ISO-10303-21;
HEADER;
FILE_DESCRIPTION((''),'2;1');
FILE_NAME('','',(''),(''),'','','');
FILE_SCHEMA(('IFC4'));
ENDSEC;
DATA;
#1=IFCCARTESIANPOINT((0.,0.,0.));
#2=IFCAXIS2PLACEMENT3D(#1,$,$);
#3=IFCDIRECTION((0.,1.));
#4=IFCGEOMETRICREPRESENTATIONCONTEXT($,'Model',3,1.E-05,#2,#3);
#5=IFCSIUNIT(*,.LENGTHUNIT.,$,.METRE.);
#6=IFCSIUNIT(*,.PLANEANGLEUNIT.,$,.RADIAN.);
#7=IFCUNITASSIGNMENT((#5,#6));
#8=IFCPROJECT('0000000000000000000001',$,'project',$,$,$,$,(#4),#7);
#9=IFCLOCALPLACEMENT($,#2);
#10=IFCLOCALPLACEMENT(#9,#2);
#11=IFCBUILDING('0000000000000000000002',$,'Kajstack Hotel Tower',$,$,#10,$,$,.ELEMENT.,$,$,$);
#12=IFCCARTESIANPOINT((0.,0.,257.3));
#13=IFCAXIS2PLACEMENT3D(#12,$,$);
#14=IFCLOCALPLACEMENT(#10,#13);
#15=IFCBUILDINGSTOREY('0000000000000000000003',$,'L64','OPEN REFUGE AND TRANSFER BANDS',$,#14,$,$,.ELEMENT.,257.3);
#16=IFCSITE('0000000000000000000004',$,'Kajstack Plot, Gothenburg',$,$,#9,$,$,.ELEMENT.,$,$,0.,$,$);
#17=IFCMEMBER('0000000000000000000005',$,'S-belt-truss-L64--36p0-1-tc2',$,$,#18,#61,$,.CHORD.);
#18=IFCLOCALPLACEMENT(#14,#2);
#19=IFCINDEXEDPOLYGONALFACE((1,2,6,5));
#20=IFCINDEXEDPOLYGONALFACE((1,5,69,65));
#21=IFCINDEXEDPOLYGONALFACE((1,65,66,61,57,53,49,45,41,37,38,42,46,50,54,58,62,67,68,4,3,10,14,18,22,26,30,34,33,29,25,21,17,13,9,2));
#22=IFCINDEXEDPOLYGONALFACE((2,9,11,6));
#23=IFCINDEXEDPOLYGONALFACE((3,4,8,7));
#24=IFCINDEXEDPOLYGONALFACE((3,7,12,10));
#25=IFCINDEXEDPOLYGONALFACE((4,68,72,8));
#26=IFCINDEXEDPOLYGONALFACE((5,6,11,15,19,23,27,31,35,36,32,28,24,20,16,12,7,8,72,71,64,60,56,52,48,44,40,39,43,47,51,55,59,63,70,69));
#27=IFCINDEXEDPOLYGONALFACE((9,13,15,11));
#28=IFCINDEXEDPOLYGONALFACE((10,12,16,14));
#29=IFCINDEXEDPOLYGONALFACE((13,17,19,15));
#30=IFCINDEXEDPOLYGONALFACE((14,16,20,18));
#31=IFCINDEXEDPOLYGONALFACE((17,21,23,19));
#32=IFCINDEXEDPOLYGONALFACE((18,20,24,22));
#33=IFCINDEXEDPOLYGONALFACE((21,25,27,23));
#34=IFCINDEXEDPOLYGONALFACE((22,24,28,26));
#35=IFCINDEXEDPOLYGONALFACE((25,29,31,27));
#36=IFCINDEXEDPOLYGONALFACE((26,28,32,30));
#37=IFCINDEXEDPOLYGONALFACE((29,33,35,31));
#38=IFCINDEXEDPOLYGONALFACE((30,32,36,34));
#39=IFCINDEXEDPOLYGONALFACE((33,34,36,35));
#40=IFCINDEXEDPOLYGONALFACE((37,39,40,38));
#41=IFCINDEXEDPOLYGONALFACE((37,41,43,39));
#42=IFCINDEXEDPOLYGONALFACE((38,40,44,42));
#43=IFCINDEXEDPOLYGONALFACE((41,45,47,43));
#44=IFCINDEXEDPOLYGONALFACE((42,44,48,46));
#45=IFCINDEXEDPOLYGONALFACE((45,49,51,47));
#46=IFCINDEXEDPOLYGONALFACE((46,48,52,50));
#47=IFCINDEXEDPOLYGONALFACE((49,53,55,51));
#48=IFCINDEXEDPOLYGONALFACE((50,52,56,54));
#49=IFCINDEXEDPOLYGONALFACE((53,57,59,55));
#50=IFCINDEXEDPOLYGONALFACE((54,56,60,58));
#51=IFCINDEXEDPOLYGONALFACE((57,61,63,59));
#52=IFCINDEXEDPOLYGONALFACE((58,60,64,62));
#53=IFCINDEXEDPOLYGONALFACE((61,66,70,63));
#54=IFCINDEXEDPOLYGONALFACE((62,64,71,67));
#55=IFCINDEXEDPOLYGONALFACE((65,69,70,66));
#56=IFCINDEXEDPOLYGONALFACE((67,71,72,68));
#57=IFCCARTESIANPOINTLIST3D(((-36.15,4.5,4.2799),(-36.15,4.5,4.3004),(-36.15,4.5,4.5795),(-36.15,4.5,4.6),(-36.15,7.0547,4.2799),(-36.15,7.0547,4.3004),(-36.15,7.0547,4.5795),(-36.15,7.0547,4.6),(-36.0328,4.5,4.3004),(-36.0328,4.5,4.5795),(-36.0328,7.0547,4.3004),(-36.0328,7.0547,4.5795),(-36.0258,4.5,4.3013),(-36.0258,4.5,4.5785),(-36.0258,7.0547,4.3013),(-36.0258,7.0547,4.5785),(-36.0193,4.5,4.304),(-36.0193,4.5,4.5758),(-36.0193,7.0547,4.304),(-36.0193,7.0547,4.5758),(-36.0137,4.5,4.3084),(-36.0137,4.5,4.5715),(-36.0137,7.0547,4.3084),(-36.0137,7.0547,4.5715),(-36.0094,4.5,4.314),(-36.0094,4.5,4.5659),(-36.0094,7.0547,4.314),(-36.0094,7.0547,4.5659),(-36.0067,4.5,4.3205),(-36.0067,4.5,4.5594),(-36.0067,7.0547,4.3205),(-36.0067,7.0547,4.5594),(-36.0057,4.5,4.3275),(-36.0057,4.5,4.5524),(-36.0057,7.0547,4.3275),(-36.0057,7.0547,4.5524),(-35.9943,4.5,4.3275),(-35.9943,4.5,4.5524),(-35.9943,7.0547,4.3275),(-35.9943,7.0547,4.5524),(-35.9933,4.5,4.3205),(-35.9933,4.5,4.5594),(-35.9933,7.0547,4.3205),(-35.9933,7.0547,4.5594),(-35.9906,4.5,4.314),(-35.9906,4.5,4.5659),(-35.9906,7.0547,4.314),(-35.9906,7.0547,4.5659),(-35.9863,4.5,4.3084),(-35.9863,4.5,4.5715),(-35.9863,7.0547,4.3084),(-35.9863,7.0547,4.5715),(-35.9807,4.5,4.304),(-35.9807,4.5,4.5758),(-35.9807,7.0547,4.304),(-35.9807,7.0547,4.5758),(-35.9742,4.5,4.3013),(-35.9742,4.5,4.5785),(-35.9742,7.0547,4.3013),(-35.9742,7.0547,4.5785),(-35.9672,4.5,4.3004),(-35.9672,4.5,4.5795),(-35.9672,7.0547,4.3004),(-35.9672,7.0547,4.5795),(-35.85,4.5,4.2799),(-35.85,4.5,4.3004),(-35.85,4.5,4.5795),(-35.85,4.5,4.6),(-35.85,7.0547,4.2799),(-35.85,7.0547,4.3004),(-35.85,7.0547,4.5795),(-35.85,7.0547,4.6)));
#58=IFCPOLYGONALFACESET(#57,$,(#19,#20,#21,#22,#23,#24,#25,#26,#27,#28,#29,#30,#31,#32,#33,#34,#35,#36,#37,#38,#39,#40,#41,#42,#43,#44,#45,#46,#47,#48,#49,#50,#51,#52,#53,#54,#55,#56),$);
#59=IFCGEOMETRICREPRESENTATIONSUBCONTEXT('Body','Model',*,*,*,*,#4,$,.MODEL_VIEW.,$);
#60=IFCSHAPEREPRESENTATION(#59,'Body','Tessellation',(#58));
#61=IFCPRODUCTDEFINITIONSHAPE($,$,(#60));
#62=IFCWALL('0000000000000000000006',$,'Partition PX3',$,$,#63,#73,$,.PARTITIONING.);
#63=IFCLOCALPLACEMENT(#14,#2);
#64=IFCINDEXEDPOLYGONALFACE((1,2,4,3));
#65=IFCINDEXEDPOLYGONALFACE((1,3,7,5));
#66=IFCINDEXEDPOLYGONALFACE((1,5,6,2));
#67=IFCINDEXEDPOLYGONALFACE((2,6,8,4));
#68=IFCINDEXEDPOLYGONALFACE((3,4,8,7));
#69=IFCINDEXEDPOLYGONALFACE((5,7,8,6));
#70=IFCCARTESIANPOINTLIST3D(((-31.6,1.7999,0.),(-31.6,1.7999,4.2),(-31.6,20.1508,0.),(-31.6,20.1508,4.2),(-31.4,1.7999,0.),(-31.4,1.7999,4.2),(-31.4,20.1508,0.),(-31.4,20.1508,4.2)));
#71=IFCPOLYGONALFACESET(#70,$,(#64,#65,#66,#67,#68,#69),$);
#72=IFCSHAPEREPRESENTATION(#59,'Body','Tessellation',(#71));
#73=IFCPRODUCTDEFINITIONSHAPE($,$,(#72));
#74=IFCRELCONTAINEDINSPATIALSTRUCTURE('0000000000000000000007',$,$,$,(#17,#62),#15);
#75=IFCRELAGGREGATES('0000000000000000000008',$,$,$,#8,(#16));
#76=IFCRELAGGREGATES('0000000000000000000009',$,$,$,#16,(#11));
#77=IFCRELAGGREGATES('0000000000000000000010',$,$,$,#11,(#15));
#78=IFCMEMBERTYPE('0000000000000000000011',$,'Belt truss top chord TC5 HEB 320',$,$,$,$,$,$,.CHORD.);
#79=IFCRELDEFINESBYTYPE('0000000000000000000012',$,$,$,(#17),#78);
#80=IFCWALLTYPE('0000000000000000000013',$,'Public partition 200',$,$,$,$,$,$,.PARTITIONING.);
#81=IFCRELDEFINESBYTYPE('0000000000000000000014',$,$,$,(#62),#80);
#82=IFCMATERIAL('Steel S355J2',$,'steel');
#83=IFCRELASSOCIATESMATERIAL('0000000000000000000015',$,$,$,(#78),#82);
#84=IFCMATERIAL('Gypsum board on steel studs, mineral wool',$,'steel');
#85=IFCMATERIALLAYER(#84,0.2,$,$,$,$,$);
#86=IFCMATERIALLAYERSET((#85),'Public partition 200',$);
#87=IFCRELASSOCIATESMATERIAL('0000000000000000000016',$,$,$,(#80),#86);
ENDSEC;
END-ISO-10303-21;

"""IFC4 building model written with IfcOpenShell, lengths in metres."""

from ifc_helpers import new_model, si_unit, direction, frame, frame_2d, origin, origin_2d, place, context, subcontext, project, spatial, rectangle, i_section, extrude, material, layer, layer_set, material_profile, profile_set, type_object, element, save


model = new_model("IFC4")

# Units and contexts
model_context = context("Model", 3, precision=1e-05, world=origin(), true_north=direction((0.0, 1.0)))
body_context = subcontext(model_context, "Body", "Model", "MODEL_VIEW")
ifc_project = project(units=[si_unit("LENGTHUNIT", "METRE"), si_unit("PLANEANGLEUNIT", "RADIAN")], contexts=[model_context])

# Site, building, storey
site_placement = place(None, origin())
site = spatial("IfcSite", under=ifc_project, at=site_placement, Name="Kajstack Plot, Gothenburg", CompositionType="ELEMENT", RefElevation=0.0)
building_placement = place(site_placement, origin())
building = spatial("IfcBuilding", under=site, at=building_placement, Name="Kajstack Hotel Tower", CompositionType="ELEMENT")
storey_placement = place(building_placement, frame((0.0, 0.0, 257.3)))
storey = spatial("IfcBuildingStorey", under=building, at=storey_placement, Name="L64", Description="OPEN REFUGE AND TRANSFER BANDS", CompositionType="ELEMENT", Elevation=257.3)

# Member
ifc_material_1 = material(Name="Steel S355J2", Category="steel")
ifc_material_profile_1 = material_profile(ifc_material_1, i_section(OverallWidth=0.3, OverallDepth=0.3201, WebThickness=0.0115, FlangeThickness=0.0205, FilletRadius=0.0271, at=origin_2d()), Name="HEB 320")
ifc_profile_set_1 = profile_set([ifc_material_profile_1], Name="Steel S355J2")
member_type_1 = type_object("IfcMemberType", Name="Belt truss top chord TC5 HEB 320", PredefinedType="CHORD", material=ifc_profile_set_1)
member_1_placement = place(storey_placement, frame((-36.0, 4.5, 4.4399), z_axis=(0.0, 1.0, 0.0), x_axis=(-1.0, 0.0, 0.0)))
element("IfcMember", 1, at=member_1_placement, inside=storey, type_object=member_type_1, Name="S-belt-truss-L64--36p0-1-tc2", PredefinedType="CHORD", context=body_context, shape_type="SweptSolid", body=[
    extrude(i_section(OverallWidth=0.3, OverallDepth=0.3201, WebThickness=0.0115, FlangeThickness=0.0205, FilletRadius=0.0271, at=origin_2d()), origin(), (0.0, 0.0, 1.0), 2.5547),
])

# Wall
ifc_material_2 = material(Name="Gypsum board on steel studs, mineral wool", Category="steel")
ifc_layer_1 = layer(ifc_material_2, 0.2)
ifc_layer_set_1 = layer_set([ifc_layer_1], Name="Public partition 200")
wall_type = type_object("IfcWallType", Name="Public partition 200", PredefinedType="PARTITIONING", material=ifc_layer_set_1)
wall_1_placement = place(storey_placement, frame((-31.5, 1.8, 0.0), z_axis=(0.0, 0.0, 1.0), x_axis=(0.0, 1.0, 0.0)))
element("IfcWall", 2, at=wall_1_placement, inside=storey, type_object=wall_type, Name="Partition PX3", PredefinedType="PARTITIONING", context=body_context, shape_type="SweptSolid", body=[
    extrude(rectangle(XDim=18.3508, YDim=0.2, at=frame_2d((9.1753, 0.0))), origin(), (0.0, 0.0, 1.0), 4.2),
])

save(model, "model.ifc")
